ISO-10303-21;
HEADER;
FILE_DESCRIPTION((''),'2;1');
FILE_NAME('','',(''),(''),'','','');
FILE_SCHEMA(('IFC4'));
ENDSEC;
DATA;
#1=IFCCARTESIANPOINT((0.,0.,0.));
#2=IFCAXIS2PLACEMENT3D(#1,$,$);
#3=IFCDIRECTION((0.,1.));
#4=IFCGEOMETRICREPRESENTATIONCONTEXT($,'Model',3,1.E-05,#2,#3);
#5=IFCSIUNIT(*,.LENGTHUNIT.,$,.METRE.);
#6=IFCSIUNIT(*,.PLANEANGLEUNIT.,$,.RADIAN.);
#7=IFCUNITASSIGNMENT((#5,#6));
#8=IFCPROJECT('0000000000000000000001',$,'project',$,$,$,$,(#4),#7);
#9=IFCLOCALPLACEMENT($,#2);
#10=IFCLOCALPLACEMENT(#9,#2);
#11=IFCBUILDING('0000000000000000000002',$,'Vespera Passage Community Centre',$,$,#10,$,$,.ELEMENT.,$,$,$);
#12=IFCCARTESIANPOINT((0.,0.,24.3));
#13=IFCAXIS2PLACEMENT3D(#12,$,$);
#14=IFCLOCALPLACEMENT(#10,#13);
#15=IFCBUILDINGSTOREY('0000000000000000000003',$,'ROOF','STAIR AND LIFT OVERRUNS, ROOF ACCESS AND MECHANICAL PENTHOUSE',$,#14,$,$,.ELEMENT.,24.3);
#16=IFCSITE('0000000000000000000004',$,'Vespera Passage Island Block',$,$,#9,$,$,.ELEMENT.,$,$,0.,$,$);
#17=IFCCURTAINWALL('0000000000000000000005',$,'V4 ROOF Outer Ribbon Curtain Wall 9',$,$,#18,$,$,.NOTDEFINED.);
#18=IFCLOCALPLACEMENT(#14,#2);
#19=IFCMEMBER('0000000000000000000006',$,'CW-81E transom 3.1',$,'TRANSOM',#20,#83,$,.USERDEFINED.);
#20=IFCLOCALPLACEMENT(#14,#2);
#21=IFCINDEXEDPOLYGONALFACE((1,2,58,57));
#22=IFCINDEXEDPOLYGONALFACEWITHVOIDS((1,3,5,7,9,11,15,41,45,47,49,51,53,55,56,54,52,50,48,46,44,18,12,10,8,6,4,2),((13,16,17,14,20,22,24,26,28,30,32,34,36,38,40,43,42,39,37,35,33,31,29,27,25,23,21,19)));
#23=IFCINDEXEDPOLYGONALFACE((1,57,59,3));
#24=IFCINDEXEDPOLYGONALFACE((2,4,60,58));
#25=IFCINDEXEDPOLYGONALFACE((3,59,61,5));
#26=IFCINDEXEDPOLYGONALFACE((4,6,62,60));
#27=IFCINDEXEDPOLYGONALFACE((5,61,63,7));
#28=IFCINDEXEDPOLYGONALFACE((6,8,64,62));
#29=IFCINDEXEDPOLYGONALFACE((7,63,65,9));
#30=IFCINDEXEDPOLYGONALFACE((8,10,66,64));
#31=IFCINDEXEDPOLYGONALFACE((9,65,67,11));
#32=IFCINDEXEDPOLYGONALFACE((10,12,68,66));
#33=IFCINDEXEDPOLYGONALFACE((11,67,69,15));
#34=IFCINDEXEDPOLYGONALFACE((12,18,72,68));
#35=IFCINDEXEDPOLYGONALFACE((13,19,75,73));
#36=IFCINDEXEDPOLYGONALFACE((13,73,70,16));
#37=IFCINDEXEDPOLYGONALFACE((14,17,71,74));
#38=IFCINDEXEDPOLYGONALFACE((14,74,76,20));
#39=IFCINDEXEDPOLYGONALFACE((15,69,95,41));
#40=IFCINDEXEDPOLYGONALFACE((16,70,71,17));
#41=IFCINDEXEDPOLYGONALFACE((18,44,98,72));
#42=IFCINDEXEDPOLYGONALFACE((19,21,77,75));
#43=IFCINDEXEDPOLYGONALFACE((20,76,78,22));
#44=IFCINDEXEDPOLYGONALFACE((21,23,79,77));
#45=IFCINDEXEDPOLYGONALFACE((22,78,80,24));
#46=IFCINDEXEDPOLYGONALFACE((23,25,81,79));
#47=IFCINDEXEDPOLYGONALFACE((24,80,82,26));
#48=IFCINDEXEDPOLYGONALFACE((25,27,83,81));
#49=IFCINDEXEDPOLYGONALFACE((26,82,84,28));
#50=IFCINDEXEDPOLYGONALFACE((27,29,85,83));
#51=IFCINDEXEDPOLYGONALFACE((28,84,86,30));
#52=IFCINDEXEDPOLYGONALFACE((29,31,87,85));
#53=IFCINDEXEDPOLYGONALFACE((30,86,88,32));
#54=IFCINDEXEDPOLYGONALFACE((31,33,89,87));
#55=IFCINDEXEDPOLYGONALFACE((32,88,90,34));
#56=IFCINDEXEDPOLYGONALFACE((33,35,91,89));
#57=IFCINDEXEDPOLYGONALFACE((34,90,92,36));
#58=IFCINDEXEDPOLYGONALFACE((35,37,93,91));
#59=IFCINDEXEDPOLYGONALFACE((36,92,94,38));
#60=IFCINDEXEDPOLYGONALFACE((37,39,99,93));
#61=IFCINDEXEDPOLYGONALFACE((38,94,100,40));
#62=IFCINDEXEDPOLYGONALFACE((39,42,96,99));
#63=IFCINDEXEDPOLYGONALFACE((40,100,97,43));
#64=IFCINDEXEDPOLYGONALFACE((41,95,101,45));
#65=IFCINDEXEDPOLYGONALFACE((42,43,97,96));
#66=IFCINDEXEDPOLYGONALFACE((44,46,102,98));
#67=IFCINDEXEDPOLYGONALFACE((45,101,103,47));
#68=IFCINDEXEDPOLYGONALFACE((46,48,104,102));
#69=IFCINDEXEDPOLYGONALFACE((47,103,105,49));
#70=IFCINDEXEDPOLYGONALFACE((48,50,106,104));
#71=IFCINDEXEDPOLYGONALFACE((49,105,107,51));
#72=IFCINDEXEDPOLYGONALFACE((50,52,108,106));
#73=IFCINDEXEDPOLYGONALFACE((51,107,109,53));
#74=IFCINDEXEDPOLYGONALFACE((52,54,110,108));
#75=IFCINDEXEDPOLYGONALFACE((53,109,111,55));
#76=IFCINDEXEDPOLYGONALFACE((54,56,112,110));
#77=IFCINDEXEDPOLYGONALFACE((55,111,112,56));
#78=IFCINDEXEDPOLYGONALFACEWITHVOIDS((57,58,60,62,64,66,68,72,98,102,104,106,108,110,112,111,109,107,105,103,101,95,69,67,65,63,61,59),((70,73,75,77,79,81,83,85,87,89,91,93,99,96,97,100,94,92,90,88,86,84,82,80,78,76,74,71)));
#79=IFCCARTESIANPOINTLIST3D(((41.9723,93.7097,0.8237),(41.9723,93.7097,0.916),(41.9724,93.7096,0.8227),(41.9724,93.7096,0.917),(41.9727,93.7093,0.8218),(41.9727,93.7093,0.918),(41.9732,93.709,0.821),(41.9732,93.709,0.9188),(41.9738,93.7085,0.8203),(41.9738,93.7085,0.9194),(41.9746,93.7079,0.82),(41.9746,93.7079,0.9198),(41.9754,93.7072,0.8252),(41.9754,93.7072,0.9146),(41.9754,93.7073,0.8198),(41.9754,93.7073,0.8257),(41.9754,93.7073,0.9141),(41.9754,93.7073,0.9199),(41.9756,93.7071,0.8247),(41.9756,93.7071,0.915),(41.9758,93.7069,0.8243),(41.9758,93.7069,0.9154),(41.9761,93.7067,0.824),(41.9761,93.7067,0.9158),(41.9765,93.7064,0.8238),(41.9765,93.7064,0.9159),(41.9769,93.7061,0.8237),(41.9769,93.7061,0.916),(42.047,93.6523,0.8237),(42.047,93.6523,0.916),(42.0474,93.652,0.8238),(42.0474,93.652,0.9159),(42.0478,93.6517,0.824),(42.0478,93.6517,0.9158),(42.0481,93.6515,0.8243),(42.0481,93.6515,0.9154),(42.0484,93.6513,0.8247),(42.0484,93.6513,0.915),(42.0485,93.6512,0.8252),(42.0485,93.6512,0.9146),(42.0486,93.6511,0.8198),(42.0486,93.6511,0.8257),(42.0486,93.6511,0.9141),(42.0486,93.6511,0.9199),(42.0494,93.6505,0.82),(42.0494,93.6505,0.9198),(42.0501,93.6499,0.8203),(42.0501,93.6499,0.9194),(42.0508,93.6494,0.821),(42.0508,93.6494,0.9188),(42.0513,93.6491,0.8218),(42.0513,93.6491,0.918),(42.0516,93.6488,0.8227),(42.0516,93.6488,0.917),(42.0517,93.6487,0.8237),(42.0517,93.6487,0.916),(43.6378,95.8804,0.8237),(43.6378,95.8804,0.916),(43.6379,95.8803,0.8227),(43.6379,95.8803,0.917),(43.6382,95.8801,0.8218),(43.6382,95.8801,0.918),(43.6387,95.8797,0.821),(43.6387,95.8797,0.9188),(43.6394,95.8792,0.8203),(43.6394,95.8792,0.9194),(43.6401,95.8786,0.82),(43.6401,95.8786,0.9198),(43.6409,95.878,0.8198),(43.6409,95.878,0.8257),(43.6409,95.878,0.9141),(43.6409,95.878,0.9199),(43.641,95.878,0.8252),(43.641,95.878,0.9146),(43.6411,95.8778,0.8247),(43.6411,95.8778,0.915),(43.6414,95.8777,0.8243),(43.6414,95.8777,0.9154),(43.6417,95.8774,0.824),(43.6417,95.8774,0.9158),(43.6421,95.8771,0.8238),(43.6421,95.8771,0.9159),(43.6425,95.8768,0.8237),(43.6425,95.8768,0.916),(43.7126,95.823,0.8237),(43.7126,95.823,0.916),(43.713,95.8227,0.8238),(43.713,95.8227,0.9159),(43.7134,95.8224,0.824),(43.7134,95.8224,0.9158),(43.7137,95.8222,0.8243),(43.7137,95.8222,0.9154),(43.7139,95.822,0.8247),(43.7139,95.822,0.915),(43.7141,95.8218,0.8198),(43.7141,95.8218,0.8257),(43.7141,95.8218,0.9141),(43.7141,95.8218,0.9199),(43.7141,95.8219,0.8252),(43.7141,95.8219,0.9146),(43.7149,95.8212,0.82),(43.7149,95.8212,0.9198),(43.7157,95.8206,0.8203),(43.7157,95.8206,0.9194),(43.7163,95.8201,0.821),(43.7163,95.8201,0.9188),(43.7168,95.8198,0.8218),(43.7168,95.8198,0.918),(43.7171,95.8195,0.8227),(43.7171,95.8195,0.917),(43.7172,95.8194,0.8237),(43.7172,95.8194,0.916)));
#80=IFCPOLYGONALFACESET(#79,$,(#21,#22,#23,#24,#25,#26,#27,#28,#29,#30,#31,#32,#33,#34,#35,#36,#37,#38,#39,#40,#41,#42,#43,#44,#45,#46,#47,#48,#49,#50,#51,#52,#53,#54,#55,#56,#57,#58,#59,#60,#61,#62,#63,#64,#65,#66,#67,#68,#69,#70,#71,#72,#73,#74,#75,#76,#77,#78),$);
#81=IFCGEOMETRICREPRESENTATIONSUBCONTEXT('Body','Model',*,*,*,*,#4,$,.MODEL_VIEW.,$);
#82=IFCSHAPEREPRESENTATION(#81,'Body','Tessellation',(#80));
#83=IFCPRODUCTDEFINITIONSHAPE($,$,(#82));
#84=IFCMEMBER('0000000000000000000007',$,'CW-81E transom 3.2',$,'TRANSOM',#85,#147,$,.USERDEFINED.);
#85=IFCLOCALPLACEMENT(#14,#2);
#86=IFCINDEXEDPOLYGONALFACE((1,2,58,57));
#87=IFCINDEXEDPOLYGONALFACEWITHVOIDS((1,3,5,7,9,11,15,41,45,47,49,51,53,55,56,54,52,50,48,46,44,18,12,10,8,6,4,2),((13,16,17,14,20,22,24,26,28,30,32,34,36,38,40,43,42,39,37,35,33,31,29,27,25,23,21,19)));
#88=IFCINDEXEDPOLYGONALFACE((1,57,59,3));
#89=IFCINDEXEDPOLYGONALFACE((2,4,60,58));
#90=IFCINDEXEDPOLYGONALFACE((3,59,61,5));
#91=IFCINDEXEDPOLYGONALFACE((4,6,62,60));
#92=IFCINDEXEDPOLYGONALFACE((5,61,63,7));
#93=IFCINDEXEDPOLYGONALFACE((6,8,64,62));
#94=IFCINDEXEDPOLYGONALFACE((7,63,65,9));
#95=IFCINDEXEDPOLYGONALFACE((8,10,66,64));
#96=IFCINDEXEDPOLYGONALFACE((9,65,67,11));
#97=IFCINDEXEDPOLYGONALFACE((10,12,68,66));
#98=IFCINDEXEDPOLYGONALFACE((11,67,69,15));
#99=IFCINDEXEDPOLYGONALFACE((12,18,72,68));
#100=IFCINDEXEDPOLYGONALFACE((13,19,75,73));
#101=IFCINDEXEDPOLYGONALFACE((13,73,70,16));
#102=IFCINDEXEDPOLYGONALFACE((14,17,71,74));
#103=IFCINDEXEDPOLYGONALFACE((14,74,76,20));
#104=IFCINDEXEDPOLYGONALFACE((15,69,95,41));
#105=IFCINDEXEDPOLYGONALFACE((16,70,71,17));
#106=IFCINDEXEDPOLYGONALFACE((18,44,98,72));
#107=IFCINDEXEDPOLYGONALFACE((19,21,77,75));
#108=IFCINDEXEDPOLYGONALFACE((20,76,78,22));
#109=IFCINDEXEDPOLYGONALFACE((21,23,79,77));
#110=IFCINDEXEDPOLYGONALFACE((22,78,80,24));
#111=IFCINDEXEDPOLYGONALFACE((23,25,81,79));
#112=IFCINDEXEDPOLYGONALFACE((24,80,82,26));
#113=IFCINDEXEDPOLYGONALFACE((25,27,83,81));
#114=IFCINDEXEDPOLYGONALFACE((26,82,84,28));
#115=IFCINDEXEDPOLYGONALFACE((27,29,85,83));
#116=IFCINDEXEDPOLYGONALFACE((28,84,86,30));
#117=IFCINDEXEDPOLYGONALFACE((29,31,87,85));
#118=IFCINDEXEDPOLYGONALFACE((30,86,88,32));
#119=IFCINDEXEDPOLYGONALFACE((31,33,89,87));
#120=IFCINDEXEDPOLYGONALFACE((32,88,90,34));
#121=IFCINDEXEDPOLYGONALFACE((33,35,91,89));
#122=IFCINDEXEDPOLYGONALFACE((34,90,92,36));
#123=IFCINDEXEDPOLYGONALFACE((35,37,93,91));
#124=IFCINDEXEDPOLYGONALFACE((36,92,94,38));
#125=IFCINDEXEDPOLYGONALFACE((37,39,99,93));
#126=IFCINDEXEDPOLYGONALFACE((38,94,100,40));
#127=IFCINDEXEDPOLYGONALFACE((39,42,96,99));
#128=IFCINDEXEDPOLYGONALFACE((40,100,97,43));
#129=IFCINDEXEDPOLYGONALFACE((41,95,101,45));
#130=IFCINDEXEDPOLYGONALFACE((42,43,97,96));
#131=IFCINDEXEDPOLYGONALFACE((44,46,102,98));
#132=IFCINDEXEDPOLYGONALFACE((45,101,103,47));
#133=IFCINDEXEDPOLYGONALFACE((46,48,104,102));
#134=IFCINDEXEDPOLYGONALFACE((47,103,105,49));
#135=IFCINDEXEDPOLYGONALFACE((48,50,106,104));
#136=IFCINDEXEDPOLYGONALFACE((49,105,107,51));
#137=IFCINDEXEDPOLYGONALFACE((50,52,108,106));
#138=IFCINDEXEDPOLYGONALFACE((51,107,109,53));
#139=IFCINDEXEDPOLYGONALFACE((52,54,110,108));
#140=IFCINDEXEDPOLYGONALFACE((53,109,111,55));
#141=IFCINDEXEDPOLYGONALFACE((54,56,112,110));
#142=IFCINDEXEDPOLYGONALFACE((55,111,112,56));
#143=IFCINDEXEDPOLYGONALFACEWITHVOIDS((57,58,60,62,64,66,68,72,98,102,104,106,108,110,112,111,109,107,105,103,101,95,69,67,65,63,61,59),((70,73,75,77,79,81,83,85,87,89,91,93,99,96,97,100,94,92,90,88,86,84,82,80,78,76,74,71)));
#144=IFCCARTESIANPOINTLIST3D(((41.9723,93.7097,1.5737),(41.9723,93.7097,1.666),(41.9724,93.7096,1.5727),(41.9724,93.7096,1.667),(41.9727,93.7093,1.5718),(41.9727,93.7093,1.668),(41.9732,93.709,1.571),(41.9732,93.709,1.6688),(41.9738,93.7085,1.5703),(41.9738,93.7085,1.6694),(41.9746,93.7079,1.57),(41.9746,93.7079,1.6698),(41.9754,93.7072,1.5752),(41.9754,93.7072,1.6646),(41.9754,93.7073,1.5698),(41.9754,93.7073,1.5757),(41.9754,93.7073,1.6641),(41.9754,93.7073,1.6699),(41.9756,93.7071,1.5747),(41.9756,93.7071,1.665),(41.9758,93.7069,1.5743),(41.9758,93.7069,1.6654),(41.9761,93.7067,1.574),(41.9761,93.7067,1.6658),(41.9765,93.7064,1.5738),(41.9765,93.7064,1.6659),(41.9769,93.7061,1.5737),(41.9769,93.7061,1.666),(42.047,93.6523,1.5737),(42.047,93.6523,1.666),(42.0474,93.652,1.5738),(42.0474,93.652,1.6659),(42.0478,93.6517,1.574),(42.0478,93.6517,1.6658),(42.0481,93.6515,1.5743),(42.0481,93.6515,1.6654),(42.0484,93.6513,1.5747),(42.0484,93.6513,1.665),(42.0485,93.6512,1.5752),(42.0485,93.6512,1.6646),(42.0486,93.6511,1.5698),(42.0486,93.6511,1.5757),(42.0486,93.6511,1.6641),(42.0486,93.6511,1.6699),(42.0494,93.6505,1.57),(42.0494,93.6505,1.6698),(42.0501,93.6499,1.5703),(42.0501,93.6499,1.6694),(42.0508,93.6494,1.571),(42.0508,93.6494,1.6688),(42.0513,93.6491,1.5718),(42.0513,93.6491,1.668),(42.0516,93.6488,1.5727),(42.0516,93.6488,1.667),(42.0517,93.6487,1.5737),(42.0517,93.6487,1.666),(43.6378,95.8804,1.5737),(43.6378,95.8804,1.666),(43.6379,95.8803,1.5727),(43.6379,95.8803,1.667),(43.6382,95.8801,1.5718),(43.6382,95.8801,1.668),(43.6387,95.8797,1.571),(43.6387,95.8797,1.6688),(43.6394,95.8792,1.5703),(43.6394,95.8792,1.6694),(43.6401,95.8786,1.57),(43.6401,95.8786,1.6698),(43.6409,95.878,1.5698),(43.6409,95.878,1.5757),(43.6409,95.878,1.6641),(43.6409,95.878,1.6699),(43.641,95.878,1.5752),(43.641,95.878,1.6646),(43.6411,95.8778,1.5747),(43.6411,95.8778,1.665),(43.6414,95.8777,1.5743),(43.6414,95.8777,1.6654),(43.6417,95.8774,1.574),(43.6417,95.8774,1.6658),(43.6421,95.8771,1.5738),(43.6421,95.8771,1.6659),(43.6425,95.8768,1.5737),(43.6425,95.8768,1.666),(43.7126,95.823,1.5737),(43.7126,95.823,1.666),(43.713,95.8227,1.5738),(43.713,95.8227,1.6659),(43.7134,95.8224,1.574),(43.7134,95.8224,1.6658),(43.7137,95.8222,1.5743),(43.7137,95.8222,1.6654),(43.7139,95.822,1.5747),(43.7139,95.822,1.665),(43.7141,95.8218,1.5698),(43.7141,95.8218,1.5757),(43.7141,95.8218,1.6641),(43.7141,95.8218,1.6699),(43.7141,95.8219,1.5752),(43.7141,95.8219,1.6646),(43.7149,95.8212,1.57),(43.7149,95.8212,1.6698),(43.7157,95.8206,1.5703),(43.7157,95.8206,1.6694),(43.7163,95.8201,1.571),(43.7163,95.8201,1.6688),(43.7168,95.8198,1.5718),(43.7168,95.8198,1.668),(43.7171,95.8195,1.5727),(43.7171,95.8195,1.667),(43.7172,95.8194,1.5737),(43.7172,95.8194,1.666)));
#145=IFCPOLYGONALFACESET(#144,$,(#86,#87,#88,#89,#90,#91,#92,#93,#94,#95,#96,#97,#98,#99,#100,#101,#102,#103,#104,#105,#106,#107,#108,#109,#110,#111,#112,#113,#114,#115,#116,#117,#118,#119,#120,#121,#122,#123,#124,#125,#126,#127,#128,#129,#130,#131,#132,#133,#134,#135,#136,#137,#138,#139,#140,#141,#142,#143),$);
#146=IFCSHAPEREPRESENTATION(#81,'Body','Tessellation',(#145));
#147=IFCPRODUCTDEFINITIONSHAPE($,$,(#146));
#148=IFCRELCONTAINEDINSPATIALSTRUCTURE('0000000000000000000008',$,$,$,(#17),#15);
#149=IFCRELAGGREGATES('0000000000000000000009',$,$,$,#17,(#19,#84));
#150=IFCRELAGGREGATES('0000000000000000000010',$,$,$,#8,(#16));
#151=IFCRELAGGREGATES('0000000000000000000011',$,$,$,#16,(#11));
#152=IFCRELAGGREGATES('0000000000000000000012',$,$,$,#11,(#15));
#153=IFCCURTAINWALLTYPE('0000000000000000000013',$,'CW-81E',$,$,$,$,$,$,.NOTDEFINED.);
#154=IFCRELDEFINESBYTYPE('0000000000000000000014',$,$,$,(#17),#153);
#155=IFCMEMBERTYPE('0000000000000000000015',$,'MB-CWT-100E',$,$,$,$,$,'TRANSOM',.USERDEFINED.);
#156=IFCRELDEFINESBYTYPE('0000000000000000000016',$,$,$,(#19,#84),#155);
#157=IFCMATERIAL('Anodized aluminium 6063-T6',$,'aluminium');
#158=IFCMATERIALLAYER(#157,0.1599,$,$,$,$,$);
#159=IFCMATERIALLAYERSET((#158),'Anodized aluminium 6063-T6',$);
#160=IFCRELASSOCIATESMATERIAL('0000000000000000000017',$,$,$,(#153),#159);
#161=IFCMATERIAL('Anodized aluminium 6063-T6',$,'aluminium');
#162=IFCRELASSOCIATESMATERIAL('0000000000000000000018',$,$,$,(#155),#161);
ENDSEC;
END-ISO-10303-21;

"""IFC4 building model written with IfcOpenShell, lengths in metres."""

from ifc_helpers import new_model, si_unit, direction, frame, origin, origin_2d, place, context, subcontext, project, spatial, hollow_rectangle, extrude, material, layer, layer_set, material_profile, profile_set, type_object, element, aggregate, save


model = new_model("IFC4")

# Units and contexts
model_context = context("Model", 3, precision=1e-05, world=origin(), true_north=direction((0.0, 1.0)))
body_context = subcontext(model_context, "Body", "Model", "MODEL_VIEW")
ifc_project = project(units=[si_unit("LENGTHUNIT", "METRE"), si_unit("PLANEANGLEUNIT", "RADIAN")], contexts=[model_context])

# Site, building, storey
site_placement = place(None, origin())
site = spatial("IfcSite", under=ifc_project, at=site_placement, Name="Vespera Passage Island Block", CompositionType="ELEMENT", RefElevation=0.0)
building_placement = place(site_placement, origin())
building = spatial("IfcBuilding", under=site, at=building_placement, Name="Vespera Passage Community Centre", CompositionType="ELEMENT")
storey_placement = place(building_placement, frame((0.0, 0.0, 24.3)))
storey = spatial("IfcBuildingStorey", under=building, at=storey_placement, Name="ROOF", Description="STAIR AND LIFT OVERRUNS, ROOF ACCESS AND MECHANICAL PENTHOUSE", CompositionType="ELEMENT", Elevation=24.3)

# Curtain wall
ifc_material_1 = material(Name="Anodized aluminium 6063-T6", Category="aluminium")
ifc_layer_1 = layer(ifc_material_1, 0.1599)
ifc_layer_set_1 = layer_set([ifc_layer_1], Name="Anodized aluminium 6063-T6")
curtain_wall_type_1 = type_object("IfcCurtainWallType", Name="CW-81E", PredefinedType="NOTDEFINED", material=ifc_layer_set_1)
curtain_wall_1_placement = place(storey_placement, origin())
curtain_wall_1 = element("IfcCurtainWall", 1, at=curtain_wall_1_placement, inside=storey, type_object=curtain_wall_type_1, Name="V4 ROOF Outer Ribbon Curtain Wall 9", PredefinedType="NOTDEFINED")

# Members
ifc_material_2 = material(Name="Anodized aluminium 6063-T6", Category="aluminium")
ifc_material_profile_1 = material_profile(ifc_material_2, hollow_rectangle(XDim=0.1001, YDim=0.1001, WallThickness=0.0039, InnerFilletRadius=0.002, OuterFilletRadius=0.0039, at=origin_2d()), Name="ALU100X100X4")
ifc_profile_set_1 = profile_set([ifc_material_profile_1], Name="Anodized aluminium 6063-T6")
member_type_1 = type_object("IfcMemberType", Name="MB-CWT-100E", ElementType="TRANSOM", PredefinedType="USERDEFINED", material=ifc_profile_set_1)
member_1_placement = place(storey_placement, frame((42.012, 93.6792, 0.8699), z_axis=(0.608744, 0.793366, 0.0), x_axis=(-0.793366, 0.608744, 0.0)))
member_1 = element("IfcMember", 2, at=member_1_placement, type_object=member_type_1, Name="CW-81E transom 3.1", ObjectType="TRANSOM", PredefinedType="USERDEFINED", context=body_context, shape_type="SweptSolid", body=[
    extrude(hollow_rectangle(XDim=0.1001, YDim=0.1001, WallThickness=0.0039, InnerFilletRadius=0.002, OuterFilletRadius=0.0039, at=origin_2d()), origin(), (0.0, 0.0, 1.0), 2.7361),
])
member_2_placement = place(storey_placement, frame((42.012, 93.6792, 1.6199), z_axis=(0.608744, 0.793366, 0.0), x_axis=(-0.793366, 0.608744, 0.0)))
member_2 = element("IfcMember", 3, at=member_2_placement, type_object=member_type_1, Name="CW-81E transom 3.2", ObjectType="TRANSOM", PredefinedType="USERDEFINED", context=body_context, shape_type="SweptSolid", body=[
    extrude(hollow_rectangle(XDim=0.1001, YDim=0.1001, WallThickness=0.0039, InnerFilletRadius=0.002, OuterFilletRadius=0.0039, at=origin_2d()), origin(), (0.0, 0.0, 1.0), 2.7361),
])

aggregate(curtain_wall_1, [member_1, member_2])

save(model, "model.ifc")
